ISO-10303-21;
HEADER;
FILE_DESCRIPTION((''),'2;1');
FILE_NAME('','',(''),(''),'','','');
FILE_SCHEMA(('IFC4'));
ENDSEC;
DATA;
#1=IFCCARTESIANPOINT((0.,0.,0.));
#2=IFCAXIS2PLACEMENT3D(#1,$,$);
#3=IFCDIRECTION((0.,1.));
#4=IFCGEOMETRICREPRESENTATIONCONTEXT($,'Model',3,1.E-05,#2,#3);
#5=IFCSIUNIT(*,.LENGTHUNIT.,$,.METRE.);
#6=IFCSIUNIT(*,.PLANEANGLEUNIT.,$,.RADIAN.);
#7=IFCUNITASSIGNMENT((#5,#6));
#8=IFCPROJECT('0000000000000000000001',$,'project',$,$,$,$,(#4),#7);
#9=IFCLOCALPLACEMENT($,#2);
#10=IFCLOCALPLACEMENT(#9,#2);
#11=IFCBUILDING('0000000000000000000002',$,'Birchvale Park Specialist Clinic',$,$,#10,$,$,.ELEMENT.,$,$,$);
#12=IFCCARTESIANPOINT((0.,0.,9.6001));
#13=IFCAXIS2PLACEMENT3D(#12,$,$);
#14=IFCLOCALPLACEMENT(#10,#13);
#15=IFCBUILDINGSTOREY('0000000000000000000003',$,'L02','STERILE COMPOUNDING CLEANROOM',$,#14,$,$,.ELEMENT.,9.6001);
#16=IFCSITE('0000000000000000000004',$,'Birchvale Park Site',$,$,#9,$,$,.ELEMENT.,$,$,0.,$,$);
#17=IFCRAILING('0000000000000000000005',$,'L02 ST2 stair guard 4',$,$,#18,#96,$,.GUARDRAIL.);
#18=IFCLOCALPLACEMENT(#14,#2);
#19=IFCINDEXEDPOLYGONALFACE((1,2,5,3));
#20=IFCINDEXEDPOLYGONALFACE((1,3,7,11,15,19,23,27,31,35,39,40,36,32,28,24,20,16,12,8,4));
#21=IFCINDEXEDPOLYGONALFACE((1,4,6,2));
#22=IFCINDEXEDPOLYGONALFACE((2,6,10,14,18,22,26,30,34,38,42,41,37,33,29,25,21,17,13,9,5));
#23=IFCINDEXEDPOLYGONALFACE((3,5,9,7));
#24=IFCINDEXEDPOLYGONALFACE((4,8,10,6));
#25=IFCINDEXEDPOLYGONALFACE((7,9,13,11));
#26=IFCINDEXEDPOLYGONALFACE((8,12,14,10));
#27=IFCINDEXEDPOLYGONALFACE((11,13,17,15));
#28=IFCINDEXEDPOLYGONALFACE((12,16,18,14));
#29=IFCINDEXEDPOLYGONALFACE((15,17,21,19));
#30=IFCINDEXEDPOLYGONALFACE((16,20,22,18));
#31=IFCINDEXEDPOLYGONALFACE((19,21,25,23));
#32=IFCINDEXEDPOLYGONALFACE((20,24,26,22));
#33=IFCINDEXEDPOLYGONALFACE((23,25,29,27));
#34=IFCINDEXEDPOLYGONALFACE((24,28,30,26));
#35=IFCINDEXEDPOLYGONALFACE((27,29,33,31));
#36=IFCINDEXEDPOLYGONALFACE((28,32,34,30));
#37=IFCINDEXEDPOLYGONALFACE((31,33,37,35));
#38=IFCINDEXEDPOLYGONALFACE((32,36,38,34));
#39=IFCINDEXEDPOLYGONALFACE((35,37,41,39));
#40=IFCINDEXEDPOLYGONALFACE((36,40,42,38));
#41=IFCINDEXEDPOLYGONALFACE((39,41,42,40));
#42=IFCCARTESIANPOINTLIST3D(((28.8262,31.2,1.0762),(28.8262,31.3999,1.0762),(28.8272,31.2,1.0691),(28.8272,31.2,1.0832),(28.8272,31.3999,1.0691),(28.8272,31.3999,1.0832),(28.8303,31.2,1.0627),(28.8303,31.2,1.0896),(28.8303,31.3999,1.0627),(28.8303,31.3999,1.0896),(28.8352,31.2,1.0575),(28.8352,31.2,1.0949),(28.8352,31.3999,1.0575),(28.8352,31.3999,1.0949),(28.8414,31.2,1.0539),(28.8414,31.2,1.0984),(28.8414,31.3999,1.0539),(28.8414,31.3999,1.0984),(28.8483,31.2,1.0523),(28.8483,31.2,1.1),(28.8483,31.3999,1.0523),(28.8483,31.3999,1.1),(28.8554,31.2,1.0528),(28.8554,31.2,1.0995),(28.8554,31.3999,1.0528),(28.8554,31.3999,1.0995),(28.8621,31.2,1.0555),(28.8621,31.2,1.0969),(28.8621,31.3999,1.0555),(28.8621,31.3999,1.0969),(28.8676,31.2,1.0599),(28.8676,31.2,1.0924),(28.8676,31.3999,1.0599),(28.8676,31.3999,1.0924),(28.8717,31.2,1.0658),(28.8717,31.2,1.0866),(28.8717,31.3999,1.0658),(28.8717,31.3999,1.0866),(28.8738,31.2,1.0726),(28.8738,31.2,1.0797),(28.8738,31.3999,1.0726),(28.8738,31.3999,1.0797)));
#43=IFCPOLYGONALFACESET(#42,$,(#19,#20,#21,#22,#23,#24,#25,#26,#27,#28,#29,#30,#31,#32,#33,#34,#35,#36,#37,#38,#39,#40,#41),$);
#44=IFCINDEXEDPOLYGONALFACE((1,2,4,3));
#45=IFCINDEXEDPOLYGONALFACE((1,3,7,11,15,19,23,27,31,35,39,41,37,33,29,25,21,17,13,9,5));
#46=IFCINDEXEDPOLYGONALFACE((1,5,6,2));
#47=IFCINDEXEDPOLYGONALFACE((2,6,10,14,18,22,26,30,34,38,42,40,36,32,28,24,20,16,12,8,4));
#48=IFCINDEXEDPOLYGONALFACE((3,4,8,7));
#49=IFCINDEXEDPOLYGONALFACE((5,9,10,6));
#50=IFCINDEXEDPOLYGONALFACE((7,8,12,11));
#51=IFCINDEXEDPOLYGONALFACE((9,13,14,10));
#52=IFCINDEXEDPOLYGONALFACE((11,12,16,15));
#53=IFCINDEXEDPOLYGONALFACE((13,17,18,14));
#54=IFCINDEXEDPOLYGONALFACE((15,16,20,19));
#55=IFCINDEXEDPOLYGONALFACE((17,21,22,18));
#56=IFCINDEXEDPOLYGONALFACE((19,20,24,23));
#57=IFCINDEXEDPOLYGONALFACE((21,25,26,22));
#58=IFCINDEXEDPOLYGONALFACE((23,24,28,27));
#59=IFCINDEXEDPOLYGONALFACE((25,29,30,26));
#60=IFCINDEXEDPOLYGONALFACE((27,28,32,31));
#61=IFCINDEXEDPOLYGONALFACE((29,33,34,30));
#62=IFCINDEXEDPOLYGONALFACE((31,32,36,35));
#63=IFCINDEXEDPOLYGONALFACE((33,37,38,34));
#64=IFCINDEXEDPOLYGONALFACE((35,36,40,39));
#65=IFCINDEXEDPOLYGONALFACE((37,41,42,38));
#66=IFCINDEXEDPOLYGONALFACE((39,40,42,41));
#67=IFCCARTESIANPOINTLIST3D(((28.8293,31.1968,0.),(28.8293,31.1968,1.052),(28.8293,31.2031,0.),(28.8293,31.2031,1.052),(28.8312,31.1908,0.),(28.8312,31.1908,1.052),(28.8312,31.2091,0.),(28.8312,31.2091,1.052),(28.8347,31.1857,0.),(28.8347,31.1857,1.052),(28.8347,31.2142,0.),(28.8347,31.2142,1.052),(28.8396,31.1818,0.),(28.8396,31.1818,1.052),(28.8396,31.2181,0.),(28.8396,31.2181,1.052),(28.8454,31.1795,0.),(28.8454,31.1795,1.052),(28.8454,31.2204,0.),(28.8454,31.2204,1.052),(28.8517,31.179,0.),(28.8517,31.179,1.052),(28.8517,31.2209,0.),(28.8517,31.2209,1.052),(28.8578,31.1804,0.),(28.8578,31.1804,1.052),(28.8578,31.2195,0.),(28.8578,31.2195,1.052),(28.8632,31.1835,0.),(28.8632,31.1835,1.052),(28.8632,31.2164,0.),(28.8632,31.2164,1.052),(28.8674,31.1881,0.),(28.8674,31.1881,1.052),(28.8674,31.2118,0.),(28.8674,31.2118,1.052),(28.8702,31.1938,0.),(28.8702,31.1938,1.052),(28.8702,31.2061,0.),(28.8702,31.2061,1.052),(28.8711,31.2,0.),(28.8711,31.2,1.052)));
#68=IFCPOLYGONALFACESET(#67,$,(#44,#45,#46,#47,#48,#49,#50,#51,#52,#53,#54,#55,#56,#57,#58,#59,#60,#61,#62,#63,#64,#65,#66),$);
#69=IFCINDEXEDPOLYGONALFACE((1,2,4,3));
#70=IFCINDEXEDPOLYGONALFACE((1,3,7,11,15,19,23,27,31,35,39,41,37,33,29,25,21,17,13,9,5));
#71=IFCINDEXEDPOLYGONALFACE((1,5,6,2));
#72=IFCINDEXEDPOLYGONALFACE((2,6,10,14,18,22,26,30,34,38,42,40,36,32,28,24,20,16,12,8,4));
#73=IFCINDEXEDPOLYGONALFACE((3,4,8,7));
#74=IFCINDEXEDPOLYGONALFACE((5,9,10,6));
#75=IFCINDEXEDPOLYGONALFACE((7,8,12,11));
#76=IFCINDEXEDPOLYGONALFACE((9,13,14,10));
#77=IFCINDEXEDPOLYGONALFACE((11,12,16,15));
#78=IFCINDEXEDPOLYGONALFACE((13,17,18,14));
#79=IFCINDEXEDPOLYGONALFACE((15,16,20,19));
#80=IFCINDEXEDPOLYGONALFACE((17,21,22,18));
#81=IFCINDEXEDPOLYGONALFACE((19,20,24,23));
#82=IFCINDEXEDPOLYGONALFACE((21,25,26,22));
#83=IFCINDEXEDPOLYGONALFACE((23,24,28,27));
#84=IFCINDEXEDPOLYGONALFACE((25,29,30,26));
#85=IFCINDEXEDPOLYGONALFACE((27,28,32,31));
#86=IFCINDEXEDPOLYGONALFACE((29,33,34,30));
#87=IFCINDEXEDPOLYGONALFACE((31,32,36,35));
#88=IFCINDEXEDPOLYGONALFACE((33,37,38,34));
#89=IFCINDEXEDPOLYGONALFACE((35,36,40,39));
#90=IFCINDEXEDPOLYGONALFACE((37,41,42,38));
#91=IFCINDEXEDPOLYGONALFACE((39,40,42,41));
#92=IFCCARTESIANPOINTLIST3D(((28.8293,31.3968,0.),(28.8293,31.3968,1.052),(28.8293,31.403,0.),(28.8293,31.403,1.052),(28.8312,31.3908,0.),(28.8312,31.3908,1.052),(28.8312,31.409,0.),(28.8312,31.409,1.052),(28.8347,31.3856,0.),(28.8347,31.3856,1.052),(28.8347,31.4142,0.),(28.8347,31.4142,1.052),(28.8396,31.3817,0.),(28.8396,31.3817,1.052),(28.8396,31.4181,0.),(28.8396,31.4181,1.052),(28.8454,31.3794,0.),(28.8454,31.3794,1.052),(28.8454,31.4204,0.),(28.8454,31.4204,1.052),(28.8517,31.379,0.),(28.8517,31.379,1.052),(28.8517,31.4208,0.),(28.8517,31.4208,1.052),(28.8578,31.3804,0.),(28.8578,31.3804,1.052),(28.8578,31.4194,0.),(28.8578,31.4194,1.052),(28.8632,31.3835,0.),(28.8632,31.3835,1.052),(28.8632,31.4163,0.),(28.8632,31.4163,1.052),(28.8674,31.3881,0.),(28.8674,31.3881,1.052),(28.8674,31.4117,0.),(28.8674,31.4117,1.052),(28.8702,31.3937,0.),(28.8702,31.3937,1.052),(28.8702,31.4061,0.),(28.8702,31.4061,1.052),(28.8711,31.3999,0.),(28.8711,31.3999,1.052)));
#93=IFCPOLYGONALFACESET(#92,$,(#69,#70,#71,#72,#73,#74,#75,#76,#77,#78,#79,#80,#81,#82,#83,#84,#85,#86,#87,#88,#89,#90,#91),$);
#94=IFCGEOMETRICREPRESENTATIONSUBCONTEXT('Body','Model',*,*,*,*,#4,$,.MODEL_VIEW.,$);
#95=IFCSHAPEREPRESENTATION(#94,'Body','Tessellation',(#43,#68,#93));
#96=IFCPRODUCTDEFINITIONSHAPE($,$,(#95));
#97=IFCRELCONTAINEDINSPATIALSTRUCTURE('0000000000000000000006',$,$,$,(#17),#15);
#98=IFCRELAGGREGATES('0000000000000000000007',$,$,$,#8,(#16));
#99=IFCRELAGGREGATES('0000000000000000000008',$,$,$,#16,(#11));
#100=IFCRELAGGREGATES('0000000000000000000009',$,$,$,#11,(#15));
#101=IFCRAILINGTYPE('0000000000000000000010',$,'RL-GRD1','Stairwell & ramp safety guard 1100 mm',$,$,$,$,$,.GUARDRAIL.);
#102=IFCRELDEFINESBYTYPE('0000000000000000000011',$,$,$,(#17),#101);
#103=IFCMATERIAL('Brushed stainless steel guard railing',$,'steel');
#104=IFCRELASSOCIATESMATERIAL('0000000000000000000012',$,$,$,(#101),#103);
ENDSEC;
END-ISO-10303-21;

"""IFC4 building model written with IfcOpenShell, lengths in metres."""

from ifc_helpers import new_model, si_unit, direction, frame, origin, origin_2d, place, context, subcontext, project, spatial, circle, extrude, material, type_object, element, save


model = new_model("IFC4")

# Units and contexts
model_context = context("Model", 3, precision=1e-05, world=origin(), true_north=direction((0.0, 1.0)))
body_context = subcontext(model_context, "Body", "Model", "MODEL_VIEW")
ifc_project = project(units=[si_unit("LENGTHUNIT", "METRE"), si_unit("PLANEANGLEUNIT", "RADIAN")], contexts=[model_context])

# Site, building, storey
site_placement = place(None, origin())
site = spatial("IfcSite", under=ifc_project, at=site_placement, Name="Birchvale Park Site", CompositionType="ELEMENT", RefElevation=0.0)
building_placement = place(site_placement, origin())
building = spatial("IfcBuilding", under=site, at=building_placement, Name="Birchvale Park Specialist Clinic", CompositionType="ELEMENT")
storey_placement = place(building_placement, frame((0.0, 0.0, 9.6001)))
storey = spatial("IfcBuildingStorey", under=building, at=storey_placement, Name="L02", Description="STERILE COMPOUNDING CLEANROOM", CompositionType="ELEMENT", Elevation=9.6001)

# Railing
ifc_material_1 = material(Name="Brushed stainless steel guard railing", Category="steel")
railing_type_1 = type_object("IfcRailingType", Name="RL-GRD1", Description="Stairwell & ramp safety guard 1100 mm", PredefinedType="GUARDRAIL", material=ifc_material_1)
railing_1_placement = place(storey_placement, frame((28.8501, 31.2, 0.0)))
element("IfcRailing", 1, at=railing_1_placement, inside=storey, type_object=railing_type_1, Name="L02 ST2 stair guard 4", PredefinedType="GUARDRAIL", context=body_context, shape_type="SweptSolid", body=[
    extrude(circle(Radius=0.0239, at=origin_2d()), frame((0.0, 0.0, 1.0762), z_axis=(0.0, 1.0, 0.0), x_axis=(-1.0, 0.0, 0.0)), (0.0, 0.0, 1.0), 0.2),
    extrude(circle(Radius=0.021, at=origin_2d()), origin(), (0.0, 0.0, 1.0), 1.052),
    extrude(circle(Radius=0.021, at=origin_2d()), frame((0.0, 0.2, 0.0)), (0.0, 0.0, 1.0), 1.052),
])

save(model, "model.ifc")
